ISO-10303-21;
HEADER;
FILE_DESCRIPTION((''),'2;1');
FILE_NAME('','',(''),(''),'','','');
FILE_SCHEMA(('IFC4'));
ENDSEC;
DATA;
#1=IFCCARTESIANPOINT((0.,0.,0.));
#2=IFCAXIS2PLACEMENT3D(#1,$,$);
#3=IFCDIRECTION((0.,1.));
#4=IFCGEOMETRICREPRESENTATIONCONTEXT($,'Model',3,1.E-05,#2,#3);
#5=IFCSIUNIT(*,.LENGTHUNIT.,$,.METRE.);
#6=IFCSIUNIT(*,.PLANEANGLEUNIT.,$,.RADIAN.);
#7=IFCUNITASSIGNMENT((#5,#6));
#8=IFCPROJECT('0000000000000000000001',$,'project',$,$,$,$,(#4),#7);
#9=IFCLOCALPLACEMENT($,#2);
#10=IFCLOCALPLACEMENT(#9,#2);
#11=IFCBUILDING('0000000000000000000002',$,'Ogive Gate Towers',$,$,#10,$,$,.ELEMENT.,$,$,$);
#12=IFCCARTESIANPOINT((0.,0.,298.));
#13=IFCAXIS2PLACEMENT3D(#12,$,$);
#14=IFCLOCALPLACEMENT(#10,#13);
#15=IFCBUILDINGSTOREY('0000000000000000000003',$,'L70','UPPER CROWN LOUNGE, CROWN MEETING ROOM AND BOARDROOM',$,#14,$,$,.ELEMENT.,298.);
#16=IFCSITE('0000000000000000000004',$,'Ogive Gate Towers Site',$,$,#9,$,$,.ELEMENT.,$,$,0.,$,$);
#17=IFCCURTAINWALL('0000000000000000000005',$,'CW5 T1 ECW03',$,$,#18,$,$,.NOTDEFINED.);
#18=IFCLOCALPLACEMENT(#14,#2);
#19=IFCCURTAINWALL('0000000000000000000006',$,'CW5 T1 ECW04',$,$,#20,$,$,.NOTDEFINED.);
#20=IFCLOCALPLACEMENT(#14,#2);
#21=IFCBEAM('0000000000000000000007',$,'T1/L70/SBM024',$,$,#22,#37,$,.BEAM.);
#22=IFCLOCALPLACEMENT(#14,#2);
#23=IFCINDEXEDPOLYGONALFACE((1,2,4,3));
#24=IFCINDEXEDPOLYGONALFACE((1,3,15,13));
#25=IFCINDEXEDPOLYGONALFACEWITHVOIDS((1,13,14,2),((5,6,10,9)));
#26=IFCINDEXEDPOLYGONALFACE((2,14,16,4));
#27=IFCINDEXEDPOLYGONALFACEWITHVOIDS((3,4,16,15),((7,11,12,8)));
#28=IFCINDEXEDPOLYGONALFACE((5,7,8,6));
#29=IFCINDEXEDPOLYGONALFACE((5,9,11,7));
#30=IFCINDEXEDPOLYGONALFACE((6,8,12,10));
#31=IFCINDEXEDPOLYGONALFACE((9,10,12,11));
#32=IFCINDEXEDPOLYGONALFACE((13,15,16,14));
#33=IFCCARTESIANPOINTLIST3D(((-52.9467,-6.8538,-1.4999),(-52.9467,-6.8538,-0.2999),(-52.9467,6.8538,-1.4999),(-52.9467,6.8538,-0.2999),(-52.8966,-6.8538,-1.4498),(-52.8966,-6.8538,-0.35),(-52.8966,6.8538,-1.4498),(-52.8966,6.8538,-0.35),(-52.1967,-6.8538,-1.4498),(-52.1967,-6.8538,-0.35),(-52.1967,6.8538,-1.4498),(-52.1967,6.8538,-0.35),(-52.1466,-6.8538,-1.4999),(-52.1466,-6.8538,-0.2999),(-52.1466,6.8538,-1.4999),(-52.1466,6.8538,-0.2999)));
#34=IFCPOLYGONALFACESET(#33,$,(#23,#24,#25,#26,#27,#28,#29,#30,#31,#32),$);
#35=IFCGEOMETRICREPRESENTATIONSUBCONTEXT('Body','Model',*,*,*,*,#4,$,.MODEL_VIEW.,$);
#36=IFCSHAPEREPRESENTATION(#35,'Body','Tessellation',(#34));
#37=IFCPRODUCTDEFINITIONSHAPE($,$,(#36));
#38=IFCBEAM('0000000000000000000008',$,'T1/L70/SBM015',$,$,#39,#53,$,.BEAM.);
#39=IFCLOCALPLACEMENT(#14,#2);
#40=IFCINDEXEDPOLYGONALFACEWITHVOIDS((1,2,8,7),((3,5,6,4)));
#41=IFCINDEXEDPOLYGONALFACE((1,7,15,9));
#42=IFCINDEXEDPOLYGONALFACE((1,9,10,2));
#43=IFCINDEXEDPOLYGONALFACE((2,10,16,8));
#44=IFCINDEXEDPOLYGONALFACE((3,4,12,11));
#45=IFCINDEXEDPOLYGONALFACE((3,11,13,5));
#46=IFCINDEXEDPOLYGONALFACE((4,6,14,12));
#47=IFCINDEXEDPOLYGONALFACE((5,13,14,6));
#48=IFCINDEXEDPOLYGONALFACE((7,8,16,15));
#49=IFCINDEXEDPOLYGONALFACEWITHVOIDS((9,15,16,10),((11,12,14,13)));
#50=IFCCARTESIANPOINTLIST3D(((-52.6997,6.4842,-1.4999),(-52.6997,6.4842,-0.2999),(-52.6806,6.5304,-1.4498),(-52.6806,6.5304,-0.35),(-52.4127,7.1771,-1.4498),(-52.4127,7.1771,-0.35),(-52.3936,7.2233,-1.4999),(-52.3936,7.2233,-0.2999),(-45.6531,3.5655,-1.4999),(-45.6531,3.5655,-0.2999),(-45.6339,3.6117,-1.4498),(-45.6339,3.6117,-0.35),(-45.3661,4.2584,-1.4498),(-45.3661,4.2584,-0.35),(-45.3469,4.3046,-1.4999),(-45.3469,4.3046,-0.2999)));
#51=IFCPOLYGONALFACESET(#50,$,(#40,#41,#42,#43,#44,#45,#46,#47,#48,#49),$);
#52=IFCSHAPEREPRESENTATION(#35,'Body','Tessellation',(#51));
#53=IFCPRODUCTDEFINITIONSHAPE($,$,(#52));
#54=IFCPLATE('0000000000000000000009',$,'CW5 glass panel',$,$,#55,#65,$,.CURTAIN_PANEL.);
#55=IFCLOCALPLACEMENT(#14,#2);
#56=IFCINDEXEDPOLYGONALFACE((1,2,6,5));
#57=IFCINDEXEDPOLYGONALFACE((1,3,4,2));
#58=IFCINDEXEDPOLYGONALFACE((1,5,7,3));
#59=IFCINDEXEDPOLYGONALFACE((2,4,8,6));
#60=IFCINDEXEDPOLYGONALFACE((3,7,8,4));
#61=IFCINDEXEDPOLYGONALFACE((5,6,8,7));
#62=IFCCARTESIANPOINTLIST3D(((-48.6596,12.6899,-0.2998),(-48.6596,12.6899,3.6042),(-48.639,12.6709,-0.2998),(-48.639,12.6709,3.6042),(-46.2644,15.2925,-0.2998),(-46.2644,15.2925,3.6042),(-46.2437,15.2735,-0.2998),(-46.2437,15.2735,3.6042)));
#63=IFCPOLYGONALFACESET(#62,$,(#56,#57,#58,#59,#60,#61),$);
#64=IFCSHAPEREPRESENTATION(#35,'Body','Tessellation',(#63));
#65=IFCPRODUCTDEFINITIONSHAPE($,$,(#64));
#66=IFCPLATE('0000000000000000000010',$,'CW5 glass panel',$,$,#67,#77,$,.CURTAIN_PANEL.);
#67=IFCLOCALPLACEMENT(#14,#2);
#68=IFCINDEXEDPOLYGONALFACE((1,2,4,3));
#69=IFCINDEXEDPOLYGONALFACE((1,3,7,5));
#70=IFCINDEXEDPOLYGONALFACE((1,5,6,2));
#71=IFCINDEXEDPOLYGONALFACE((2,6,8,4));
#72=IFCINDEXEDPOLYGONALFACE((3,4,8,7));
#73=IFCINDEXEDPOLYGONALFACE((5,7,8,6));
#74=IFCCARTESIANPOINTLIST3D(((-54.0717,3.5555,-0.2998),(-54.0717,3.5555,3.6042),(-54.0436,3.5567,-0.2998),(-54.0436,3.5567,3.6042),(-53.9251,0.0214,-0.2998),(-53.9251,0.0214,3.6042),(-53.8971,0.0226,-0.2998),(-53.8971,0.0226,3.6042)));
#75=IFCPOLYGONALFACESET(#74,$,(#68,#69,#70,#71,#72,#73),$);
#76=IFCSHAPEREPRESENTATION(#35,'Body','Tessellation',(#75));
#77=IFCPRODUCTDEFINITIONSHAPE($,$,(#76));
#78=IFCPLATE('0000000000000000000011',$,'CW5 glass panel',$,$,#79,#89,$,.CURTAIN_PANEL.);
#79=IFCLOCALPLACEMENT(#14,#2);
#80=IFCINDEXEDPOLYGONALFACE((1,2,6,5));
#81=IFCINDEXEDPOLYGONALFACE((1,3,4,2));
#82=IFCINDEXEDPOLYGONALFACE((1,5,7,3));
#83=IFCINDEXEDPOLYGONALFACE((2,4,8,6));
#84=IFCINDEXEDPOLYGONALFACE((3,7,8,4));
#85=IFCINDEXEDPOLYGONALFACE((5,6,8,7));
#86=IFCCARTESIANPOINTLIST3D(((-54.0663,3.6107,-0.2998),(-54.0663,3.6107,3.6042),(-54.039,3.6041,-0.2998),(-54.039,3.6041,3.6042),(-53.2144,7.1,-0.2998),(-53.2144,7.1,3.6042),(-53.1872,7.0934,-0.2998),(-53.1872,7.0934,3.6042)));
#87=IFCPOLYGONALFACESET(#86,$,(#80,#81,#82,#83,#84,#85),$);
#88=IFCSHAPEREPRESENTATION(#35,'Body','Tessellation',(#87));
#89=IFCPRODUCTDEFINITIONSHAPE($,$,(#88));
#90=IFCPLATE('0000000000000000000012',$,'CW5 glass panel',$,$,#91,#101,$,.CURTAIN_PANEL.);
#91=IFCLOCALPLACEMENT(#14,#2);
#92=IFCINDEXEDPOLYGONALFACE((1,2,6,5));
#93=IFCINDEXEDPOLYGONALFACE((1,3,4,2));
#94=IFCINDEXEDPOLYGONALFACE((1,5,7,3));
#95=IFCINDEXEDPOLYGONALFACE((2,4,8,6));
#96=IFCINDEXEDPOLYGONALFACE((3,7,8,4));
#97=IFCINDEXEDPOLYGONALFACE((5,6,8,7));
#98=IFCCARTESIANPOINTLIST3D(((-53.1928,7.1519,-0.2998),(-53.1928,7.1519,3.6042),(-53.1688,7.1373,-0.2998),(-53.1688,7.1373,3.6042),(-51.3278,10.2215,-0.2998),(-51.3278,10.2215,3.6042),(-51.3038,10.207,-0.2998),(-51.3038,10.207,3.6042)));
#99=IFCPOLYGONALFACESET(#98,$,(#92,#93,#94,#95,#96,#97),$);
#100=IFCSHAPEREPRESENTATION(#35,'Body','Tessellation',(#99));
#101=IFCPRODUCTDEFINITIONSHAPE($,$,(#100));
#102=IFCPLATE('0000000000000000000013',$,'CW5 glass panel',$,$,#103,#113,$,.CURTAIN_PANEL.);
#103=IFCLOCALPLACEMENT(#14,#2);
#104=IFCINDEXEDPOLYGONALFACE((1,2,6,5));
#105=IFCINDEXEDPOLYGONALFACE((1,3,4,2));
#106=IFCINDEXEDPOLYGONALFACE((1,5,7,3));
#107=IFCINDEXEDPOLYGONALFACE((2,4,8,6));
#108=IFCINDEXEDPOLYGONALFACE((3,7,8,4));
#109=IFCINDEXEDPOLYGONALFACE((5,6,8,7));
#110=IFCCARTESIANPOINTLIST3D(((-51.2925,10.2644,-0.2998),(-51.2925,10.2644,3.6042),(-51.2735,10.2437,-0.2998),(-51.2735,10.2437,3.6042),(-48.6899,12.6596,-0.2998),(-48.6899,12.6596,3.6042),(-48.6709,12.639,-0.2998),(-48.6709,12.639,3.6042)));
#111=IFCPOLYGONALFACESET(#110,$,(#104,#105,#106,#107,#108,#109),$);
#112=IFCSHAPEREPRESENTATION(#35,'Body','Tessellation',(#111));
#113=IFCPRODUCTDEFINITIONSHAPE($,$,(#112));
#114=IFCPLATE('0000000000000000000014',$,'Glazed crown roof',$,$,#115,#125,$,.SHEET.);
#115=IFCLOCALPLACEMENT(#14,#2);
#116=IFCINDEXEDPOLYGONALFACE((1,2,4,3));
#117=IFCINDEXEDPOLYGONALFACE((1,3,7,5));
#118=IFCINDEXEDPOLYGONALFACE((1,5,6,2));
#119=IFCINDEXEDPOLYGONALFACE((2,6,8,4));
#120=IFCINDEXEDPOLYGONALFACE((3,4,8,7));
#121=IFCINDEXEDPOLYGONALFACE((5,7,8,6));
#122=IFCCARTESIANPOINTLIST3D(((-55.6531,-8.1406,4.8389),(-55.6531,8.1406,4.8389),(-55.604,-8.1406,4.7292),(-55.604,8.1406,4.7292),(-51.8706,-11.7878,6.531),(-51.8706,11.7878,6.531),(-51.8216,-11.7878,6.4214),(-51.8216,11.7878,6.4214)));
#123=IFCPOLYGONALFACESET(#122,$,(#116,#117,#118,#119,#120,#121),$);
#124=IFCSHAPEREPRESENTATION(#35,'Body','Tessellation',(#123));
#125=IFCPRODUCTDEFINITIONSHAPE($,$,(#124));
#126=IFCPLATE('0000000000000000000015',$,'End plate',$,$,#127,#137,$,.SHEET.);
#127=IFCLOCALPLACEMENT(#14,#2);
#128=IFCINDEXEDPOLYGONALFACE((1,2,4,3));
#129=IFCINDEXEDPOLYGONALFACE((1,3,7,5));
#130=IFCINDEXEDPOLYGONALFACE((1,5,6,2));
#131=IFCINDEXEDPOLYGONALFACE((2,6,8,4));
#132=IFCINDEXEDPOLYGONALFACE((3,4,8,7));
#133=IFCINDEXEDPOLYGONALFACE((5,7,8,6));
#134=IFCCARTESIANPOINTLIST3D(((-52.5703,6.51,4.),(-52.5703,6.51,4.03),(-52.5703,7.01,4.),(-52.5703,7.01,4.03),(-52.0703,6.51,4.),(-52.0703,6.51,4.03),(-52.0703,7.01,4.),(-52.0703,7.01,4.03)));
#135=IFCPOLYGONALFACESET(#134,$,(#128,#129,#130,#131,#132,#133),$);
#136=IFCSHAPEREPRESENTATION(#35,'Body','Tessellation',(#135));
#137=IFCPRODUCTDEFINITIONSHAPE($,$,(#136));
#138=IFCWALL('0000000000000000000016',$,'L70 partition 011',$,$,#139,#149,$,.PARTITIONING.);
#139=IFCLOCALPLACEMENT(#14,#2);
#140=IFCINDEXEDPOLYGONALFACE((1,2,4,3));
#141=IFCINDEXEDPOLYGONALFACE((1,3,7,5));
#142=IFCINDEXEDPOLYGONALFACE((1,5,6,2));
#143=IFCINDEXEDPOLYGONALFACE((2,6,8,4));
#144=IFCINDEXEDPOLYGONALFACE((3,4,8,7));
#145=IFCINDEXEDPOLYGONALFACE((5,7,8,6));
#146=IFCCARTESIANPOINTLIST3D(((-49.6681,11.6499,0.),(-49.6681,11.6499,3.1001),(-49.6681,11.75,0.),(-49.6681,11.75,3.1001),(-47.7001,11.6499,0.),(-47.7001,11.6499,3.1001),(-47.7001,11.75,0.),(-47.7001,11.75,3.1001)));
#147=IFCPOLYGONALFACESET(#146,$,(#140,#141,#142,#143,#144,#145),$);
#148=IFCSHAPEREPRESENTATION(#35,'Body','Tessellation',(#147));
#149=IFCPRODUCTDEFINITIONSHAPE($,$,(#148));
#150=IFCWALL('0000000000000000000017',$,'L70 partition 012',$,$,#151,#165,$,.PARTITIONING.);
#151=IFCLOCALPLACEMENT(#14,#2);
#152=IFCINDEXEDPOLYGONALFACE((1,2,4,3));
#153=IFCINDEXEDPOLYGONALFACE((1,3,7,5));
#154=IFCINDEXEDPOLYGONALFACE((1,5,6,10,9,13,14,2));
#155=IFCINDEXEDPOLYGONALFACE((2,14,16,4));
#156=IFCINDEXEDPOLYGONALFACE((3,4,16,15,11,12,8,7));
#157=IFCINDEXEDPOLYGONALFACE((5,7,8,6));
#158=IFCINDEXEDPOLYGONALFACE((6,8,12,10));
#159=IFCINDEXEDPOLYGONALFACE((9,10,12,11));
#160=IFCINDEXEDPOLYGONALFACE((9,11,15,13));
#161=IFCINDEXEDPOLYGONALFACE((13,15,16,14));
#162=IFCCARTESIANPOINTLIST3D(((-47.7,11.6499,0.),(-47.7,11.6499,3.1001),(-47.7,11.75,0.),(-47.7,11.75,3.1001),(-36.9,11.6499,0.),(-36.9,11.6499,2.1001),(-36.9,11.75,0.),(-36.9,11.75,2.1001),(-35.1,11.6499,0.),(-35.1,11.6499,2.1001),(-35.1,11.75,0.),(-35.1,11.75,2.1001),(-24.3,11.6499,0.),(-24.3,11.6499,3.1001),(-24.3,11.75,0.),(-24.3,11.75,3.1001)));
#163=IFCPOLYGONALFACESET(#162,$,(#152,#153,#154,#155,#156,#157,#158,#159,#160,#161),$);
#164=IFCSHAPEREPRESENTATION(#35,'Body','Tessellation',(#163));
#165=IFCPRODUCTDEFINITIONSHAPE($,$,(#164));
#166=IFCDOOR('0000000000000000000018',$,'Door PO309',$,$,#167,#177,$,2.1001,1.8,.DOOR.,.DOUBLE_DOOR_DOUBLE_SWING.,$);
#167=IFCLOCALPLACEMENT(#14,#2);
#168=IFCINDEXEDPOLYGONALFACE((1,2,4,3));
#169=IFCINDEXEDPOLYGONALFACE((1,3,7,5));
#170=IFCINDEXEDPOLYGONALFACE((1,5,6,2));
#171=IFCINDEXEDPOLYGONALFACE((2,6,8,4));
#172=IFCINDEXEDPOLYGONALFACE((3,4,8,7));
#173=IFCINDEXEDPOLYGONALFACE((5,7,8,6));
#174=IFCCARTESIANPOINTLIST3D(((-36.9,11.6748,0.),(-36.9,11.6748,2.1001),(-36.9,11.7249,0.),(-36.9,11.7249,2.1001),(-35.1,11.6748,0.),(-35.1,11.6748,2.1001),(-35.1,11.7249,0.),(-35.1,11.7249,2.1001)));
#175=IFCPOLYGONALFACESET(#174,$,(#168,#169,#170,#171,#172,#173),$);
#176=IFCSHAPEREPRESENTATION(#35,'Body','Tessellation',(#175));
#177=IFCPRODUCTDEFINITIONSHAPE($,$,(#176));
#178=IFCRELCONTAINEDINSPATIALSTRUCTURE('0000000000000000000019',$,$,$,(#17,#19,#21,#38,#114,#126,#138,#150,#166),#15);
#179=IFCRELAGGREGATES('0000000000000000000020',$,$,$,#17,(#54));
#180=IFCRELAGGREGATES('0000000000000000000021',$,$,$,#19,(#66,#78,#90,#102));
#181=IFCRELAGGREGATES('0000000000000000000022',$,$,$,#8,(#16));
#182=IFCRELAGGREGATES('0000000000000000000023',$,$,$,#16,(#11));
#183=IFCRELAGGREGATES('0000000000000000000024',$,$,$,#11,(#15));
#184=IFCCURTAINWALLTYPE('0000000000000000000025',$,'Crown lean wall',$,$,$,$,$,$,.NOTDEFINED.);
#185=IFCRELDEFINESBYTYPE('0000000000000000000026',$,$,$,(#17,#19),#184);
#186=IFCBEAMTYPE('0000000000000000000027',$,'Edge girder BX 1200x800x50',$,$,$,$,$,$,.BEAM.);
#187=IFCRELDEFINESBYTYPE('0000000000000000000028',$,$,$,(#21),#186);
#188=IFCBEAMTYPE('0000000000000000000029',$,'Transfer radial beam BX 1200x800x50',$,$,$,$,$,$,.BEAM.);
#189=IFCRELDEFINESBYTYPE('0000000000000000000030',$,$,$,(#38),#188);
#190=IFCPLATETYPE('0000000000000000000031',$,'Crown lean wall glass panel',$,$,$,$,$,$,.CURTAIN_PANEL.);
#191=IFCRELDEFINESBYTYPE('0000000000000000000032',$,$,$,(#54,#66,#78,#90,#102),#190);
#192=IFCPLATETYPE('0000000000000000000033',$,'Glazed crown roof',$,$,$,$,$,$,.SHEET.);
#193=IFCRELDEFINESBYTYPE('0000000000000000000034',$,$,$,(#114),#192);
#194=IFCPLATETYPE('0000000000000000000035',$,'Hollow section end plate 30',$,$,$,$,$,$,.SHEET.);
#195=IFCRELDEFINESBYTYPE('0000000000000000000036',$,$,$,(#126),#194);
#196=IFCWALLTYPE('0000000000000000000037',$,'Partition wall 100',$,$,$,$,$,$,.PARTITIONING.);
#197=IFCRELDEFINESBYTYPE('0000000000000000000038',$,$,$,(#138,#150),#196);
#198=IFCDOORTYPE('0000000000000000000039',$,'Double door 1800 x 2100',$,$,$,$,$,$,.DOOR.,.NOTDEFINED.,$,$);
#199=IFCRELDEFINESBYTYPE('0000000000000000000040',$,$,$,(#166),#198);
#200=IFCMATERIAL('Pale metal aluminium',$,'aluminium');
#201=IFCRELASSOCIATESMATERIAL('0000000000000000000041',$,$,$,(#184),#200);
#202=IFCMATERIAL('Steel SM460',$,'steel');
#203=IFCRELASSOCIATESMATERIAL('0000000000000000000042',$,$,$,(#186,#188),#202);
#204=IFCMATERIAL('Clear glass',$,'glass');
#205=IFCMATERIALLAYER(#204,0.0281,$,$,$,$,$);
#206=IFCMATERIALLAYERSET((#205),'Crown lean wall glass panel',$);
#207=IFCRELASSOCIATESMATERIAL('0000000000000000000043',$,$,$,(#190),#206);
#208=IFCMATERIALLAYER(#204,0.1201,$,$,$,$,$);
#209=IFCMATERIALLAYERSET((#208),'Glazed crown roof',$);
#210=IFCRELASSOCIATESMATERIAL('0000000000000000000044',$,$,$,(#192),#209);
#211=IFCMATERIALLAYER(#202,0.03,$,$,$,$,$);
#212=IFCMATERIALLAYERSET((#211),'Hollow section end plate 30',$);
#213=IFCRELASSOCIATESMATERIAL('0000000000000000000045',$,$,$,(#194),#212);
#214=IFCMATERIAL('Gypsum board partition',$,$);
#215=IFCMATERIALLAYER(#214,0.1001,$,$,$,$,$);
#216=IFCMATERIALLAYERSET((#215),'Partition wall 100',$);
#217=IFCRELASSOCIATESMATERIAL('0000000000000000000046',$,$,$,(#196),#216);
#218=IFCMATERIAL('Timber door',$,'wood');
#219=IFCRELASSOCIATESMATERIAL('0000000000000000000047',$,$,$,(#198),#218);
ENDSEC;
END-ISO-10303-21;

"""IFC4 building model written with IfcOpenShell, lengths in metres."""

from ifc_helpers import new_model, si_unit, direction, frame, frame_2d, origin, origin_2d, place, context, subcontext, project, spatial, polyline, rectangle, hollow_rectangle, outline, extrude, material, layer, layer_set, material_profile, profile_set, type_object, element, fill, aggregate, save


model = new_model("IFC4")

# Units and contexts
model_context = context("Model", 3, precision=1e-05, world=origin(), true_north=direction((0.0, 1.0)))
body_context = subcontext(model_context, "Body", "Model", "MODEL_VIEW")
ifc_project = project(units=[si_unit("LENGTHUNIT", "METRE"), si_unit("PLANEANGLEUNIT", "RADIAN")], contexts=[model_context])

# Site, building, storey
site_placement = place(None, origin())
site = spatial("IfcSite", under=ifc_project, at=site_placement, Name="Ogive Gate Towers Site", CompositionType="ELEMENT", RefElevation=0.0)
building_placement = place(site_placement, origin())
building = spatial("IfcBuilding", under=site, at=building_placement, Name="Ogive Gate Towers", CompositionType="ELEMENT")
storey_placement = place(building_placement, frame((0.0, 0.0, 298.0)))
storey = spatial("IfcBuildingStorey", under=building, at=storey_placement, Name="L70", Description="UPPER CROWN LOUNGE, CROWN MEETING ROOM AND BOARDROOM", CompositionType="ELEMENT", Elevation=298.0)

# Shared definitions
ifc_material_1 = material(Name="Steel SM460", Category="steel")

# Curtain walls
ifc_material_2 = material(Name="Pale metal aluminium", Category="aluminium")
curtain_wall_type = type_object("IfcCurtainWallType", Name="Crown lean wall", PredefinedType="NOTDEFINED", material=ifc_material_2)
curtain_wall_1_placement = place(storey_placement, origin())
curtain_wall_1 = element("IfcCurtainWall", 1, at=curtain_wall_1_placement, inside=storey, type_object=curtain_wall_type, Name="CW5 T1 ECW03", PredefinedType="NOTDEFINED")
curtain_wall_2_placement = place(storey_placement, origin())
curtain_wall_2 = element("IfcCurtainWall", 2, at=curtain_wall_2_placement, inside=storey, type_object=curtain_wall_type, Name="CW5 T1 ECW04", PredefinedType="NOTDEFINED")

# Beams
ifc_material_profile_1 = material_profile(ifc_material_1, hollow_rectangle(XDim=0.8, YDim=1.2, WallThickness=0.05, at=origin_2d()), Name="BX 1200x800x50")
ifc_profile_set_1 = profile_set([ifc_material_profile_1], Name="Steel SM460")
beam_type_1 = type_object("IfcBeamType", Name="Edge girder BX 1200x800x50", PredefinedType="BEAM", material=ifc_profile_set_1)
beam_1_placement = place(storey_placement, frame((-52.5466, 6.8538, -0.8999), z_axis=(0.0, -1.0, 0.0), x_axis=(1.0, 0.0, 0.0)))
element("IfcBeam", 3, at=beam_1_placement, inside=storey, type_object=beam_type_1, Name="T1/L70/SBM024", PredefinedType="BEAM", context=body_context, shape_type="SweptSolid", body=[
    extrude(hollow_rectangle(XDim=0.8, YDim=1.2, WallThickness=0.05, at=origin_2d()), origin(), (0.0, 0.0, 1.0), 13.7075),
])
ifc_material_profile_2 = material_profile(ifc_material_1, hollow_rectangle(XDim=0.8, YDim=1.2, WallThickness=0.05, at=origin_2d()), Name="BX 1200x800x50")
ifc_profile_set_2 = profile_set([ifc_material_profile_2], Name="Steel SM460")
beam_type_2 = type_object("IfcBeamType", Name="Transfer radial beam BX 1200x800x50", PredefinedType="BEAM", material=ifc_profile_set_2)
beam_2_placement = place(storey_placement, frame((-45.5, 3.9351, -0.8999), z_axis=(-0.923885, 0.382671, 0.0), x_axis=(-0.382671, -0.923885, 0.0)))
element("IfcBeam", 4, at=beam_2_placement, inside=storey, type_object=beam_type_2, Name="T1/L70/SBM015", PredefinedType="BEAM", context=body_context, shape_type="SweptSolid", body=[
    extrude(hollow_rectangle(XDim=0.8, YDim=1.2, WallThickness=0.05, at=origin_2d()), origin(), (0.0, 0.0, 1.0), 7.6272),
])

# Plates
ifc_material_3 = material(Name="Clear glass", Category="glass")
ifc_layer_1 = layer(ifc_material_3, 0.0281)
ifc_layer_set_1 = layer_set([ifc_layer_1], Name="Crown lean wall glass panel")
plate_type_1 = type_object("IfcPlateType", Name="Crown lean wall glass panel", PredefinedType="CURTAIN_PANEL", material=ifc_layer_set_1)
plate_1_placement = place(storey_placement, frame((-47.4517, 13.9817, -0.2998), z_axis=(0.0, 0.0, 1.0), x_axis=(0.677184, 0.735813, 0.0)))
plate_1 = element("IfcPlate", 5, at=plate_1_placement, type_object=plate_type_1, Name="CW5 glass panel", PredefinedType="CURTAIN_PANEL", context=body_context, shape_type="SweptSolid", body=[
    extrude(rectangle(XDim=3.5371, YDim=0.0281, at=origin_2d()), origin(), (0.0, 0.0, 1.0), 3.9041),
])
aggregate(curtain_wall_1, [plate_1])
plate_2_placement = place(storey_placement, frame((-53.9844, 1.7891, -0.2998), z_axis=(0.0, 0.0, 1.0), x_axis=(-0.04144, 0.999141, 0.0)))
plate_2 = element("IfcPlate", 6, at=plate_2_placement, type_object=plate_type_1, Name="CW5 glass panel", PredefinedType="CURTAIN_PANEL", context=body_context, shape_type="SweptSolid", body=[
    extrude(rectangle(XDim=3.5371, YDim=0.0281, at=origin_2d()), origin(), (0.0, 0.0, 1.0), 3.9041),
])
plate_3_placement = place(storey_placement, frame((-53.6267, 5.3521, -0.2998), z_axis=(0.0, 0.0, 1.0), x_axis=(0.23716, 0.971471, 0.0)))
plate_3 = element("IfcPlate", 7, at=plate_3_placement, type_object=plate_type_1, Name="CW5 glass panel", PredefinedType="CURTAIN_PANEL", context=body_context, shape_type="SweptSolid", body=[
    extrude(rectangle(XDim=3.5918, YDim=0.0281, at=origin_2d()), origin(), (0.0, 0.0, 1.0), 3.9041),
])
plate_4_placement = place(storey_placement, frame((-52.2483, 8.6794, -0.2998), z_axis=(0.0, 0.0, 1.0), x_axis=(0.519251, 0.854622, 0.0)))
plate_4 = element("IfcPlate", 8, at=plate_4_placement, type_object=plate_type_1, Name="CW5 glass panel", PredefinedType="CURTAIN_PANEL", context=body_context, shape_type="SweptSolid", body=[
    extrude(rectangle(XDim=3.5918, YDim=0.0281, at=origin_2d()), origin(), (0.0, 0.0, 1.0), 3.9041),
])
plate_5_placement = place(storey_placement, frame((-49.9817, 11.4517, -0.2998), z_axis=(0.0, 0.0, 1.0), x_axis=(0.735813, 0.677184, 0.0)))
plate_5 = element("IfcPlate", 9, at=plate_5_placement, type_object=plate_type_1, Name="CW5 glass panel", PredefinedType="CURTAIN_PANEL", context=body_context, shape_type="SweptSolid", body=[
    extrude(rectangle(XDim=3.5371, YDim=0.0281, at=origin_2d()), origin(), (0.0, 0.0, 1.0), 3.9041),
])
aggregate(curtain_wall_2, [plate_2, plate_3, plate_4, plate_5])

# Plates
ifc_layer_2 = layer(ifc_material_3, 0.1201)
ifc_layer_set_2 = layer_set([ifc_layer_2], Name="Glazed crown roof")
plate_type_2 = type_object("IfcPlateType", Name="Glazed crown roof", PredefinedType="SHEET", material=ifc_layer_set_2)
plate_6_placement = place(storey_placement, frame((-55.6531, 8.1406, 4.8389), z_axis=(-0.408362, 0.0, 0.91282), x_axis=(0.685205, 0.660704, 0.306536)))
element("IfcPlate", 10, at=plate_6_placement, inside=storey, type_object=plate_type_2, Name="Glazed crown roof", PredefinedType="SHEET", context=body_context, shape_type="SweptSolid", body=[
    extrude(outline(polyline([(0.0, 0.0), (5.5202, 0.0), (-10.0563, -17.697), (-10.7571, -12.2215), (0.0, 0.0)])), origin(), (0.0, 0.0, -1.0), 0.1201),
])
ifc_layer_3 = layer(ifc_material_1, 0.03)
ifc_layer_set_3 = layer_set([ifc_layer_3], Name="Hollow section end plate 30")
plate_type_3 = type_object("IfcPlateType", Name="Hollow section end plate 30", PredefinedType="SHEET", material=ifc_layer_set_3)
plate_7_placement = place(storey_placement, frame((-52.5703, 6.51, 4.03), z_axis=(0.0, 0.0, 1.0), x_axis=(1.0, 0.0, 0.0)))
element("IfcPlate", 11, at=plate_7_placement, inside=storey, type_object=plate_type_3, Name="End plate", PredefinedType="SHEET", context=body_context, shape_type="SweptSolid", body=[
    extrude(outline(polyline([(0.0, 0.0), (0.5, 0.0), (0.5, 0.5), (0.0, 0.5), (0.0, 0.0)])), origin(), (0.0, 0.0, -1.0), 0.03),
])

# Wall
ifc_material_4 = material(Name="Gypsum board partition")
ifc_layer_4 = layer(ifc_material_4, 0.1001)
ifc_layer_set_4 = layer_set([ifc_layer_4], Name="Partition wall 100")
wall_type = type_object("IfcWallType", Name="Partition wall 100", PredefinedType="PARTITIONING", material=ifc_layer_set_4)
wall_1_placement = place(storey_placement, frame((-49.668, 11.7, 0.0), z_axis=(0.0, 0.0, 1.0), x_axis=(1.0, 0.0, 0.0)))
element("IfcWall", 12, at=wall_1_placement, inside=storey, type_object=wall_type, Name="L70 partition 011", PredefinedType="PARTITIONING", context=body_context, shape_type="SweptSolid", body=[
    extrude(rectangle(XDim=1.968, YDim=0.1001, at=frame_2d((0.9839, 0.0))), origin(), (0.0, 0.0, 1.0), 3.1001),
])

# Wall, opening, door
wall_2_placement = place(storey_placement, frame((-47.7, 11.7, 0.0), z_axis=(0.0, 0.0, 1.0), x_axis=(1.0, 0.0, 0.0)))
wall_2 = element("IfcWall", 13, at=wall_2_placement, inside=storey, type_object=wall_type, Name="L70 partition 012", PredefinedType="PARTITIONING", context=body_context, shape_type="SweptSolid", body=[
    extrude(rectangle(XDim=23.3999, YDim=0.1001, at=frame_2d((11.7, 0.0))), origin(), (0.0, 0.0, 1.0), 3.1001),
])
opening_placement = place(wall_2_placement, frame((10.8, 0.0, 0.0)))
opening = element("IfcOpeningElement", 14, at=opening_placement, cuts=wall_2, PredefinedType="OPENING", context=body_context, shape_type="SweptSolid", body=[
    extrude(rectangle(XDim=1.8, YDim=2.1001, at=frame_2d((0.8999, 1.05))), frame((0.0, 0.0601, 0.0), z_axis=(0.0, -1.0, 0.0), x_axis=(1.0, 0.0, 0.0)), (0.0, 0.0, 1.0), 0.1201),
])
ifc_material_5 = material(Name="Timber door", Category="wood")
door_type = type_object("IfcDoorType", Name="Double door 1800 x 2100", OperationType="NOTDEFINED", PredefinedType="DOOR", material=ifc_material_5)
door_placement = place(opening_placement, origin())
door = element("IfcDoor", 15, at=door_placement, inside=storey, type_object=door_type, Name="Door PO309", OperationType="DOUBLE_DOOR_DOUBLE_SWING", OverallHeight=2.1001, OverallWidth=1.8, PredefinedType="DOOR", context=body_context, shape_type="SweptSolid", body=[
    extrude(rectangle(XDim=1.8, YDim=2.1001, at=frame_2d((0.8999, 1.05))), frame((0.0, 0.0249, 0.0), z_axis=(0.0, -1.0, 0.0), x_axis=(1.0, 0.0, 0.0)), (0.0, 0.0, 1.0), 0.05),
])
fill(opening, door)

save(model, "model.ifc")
